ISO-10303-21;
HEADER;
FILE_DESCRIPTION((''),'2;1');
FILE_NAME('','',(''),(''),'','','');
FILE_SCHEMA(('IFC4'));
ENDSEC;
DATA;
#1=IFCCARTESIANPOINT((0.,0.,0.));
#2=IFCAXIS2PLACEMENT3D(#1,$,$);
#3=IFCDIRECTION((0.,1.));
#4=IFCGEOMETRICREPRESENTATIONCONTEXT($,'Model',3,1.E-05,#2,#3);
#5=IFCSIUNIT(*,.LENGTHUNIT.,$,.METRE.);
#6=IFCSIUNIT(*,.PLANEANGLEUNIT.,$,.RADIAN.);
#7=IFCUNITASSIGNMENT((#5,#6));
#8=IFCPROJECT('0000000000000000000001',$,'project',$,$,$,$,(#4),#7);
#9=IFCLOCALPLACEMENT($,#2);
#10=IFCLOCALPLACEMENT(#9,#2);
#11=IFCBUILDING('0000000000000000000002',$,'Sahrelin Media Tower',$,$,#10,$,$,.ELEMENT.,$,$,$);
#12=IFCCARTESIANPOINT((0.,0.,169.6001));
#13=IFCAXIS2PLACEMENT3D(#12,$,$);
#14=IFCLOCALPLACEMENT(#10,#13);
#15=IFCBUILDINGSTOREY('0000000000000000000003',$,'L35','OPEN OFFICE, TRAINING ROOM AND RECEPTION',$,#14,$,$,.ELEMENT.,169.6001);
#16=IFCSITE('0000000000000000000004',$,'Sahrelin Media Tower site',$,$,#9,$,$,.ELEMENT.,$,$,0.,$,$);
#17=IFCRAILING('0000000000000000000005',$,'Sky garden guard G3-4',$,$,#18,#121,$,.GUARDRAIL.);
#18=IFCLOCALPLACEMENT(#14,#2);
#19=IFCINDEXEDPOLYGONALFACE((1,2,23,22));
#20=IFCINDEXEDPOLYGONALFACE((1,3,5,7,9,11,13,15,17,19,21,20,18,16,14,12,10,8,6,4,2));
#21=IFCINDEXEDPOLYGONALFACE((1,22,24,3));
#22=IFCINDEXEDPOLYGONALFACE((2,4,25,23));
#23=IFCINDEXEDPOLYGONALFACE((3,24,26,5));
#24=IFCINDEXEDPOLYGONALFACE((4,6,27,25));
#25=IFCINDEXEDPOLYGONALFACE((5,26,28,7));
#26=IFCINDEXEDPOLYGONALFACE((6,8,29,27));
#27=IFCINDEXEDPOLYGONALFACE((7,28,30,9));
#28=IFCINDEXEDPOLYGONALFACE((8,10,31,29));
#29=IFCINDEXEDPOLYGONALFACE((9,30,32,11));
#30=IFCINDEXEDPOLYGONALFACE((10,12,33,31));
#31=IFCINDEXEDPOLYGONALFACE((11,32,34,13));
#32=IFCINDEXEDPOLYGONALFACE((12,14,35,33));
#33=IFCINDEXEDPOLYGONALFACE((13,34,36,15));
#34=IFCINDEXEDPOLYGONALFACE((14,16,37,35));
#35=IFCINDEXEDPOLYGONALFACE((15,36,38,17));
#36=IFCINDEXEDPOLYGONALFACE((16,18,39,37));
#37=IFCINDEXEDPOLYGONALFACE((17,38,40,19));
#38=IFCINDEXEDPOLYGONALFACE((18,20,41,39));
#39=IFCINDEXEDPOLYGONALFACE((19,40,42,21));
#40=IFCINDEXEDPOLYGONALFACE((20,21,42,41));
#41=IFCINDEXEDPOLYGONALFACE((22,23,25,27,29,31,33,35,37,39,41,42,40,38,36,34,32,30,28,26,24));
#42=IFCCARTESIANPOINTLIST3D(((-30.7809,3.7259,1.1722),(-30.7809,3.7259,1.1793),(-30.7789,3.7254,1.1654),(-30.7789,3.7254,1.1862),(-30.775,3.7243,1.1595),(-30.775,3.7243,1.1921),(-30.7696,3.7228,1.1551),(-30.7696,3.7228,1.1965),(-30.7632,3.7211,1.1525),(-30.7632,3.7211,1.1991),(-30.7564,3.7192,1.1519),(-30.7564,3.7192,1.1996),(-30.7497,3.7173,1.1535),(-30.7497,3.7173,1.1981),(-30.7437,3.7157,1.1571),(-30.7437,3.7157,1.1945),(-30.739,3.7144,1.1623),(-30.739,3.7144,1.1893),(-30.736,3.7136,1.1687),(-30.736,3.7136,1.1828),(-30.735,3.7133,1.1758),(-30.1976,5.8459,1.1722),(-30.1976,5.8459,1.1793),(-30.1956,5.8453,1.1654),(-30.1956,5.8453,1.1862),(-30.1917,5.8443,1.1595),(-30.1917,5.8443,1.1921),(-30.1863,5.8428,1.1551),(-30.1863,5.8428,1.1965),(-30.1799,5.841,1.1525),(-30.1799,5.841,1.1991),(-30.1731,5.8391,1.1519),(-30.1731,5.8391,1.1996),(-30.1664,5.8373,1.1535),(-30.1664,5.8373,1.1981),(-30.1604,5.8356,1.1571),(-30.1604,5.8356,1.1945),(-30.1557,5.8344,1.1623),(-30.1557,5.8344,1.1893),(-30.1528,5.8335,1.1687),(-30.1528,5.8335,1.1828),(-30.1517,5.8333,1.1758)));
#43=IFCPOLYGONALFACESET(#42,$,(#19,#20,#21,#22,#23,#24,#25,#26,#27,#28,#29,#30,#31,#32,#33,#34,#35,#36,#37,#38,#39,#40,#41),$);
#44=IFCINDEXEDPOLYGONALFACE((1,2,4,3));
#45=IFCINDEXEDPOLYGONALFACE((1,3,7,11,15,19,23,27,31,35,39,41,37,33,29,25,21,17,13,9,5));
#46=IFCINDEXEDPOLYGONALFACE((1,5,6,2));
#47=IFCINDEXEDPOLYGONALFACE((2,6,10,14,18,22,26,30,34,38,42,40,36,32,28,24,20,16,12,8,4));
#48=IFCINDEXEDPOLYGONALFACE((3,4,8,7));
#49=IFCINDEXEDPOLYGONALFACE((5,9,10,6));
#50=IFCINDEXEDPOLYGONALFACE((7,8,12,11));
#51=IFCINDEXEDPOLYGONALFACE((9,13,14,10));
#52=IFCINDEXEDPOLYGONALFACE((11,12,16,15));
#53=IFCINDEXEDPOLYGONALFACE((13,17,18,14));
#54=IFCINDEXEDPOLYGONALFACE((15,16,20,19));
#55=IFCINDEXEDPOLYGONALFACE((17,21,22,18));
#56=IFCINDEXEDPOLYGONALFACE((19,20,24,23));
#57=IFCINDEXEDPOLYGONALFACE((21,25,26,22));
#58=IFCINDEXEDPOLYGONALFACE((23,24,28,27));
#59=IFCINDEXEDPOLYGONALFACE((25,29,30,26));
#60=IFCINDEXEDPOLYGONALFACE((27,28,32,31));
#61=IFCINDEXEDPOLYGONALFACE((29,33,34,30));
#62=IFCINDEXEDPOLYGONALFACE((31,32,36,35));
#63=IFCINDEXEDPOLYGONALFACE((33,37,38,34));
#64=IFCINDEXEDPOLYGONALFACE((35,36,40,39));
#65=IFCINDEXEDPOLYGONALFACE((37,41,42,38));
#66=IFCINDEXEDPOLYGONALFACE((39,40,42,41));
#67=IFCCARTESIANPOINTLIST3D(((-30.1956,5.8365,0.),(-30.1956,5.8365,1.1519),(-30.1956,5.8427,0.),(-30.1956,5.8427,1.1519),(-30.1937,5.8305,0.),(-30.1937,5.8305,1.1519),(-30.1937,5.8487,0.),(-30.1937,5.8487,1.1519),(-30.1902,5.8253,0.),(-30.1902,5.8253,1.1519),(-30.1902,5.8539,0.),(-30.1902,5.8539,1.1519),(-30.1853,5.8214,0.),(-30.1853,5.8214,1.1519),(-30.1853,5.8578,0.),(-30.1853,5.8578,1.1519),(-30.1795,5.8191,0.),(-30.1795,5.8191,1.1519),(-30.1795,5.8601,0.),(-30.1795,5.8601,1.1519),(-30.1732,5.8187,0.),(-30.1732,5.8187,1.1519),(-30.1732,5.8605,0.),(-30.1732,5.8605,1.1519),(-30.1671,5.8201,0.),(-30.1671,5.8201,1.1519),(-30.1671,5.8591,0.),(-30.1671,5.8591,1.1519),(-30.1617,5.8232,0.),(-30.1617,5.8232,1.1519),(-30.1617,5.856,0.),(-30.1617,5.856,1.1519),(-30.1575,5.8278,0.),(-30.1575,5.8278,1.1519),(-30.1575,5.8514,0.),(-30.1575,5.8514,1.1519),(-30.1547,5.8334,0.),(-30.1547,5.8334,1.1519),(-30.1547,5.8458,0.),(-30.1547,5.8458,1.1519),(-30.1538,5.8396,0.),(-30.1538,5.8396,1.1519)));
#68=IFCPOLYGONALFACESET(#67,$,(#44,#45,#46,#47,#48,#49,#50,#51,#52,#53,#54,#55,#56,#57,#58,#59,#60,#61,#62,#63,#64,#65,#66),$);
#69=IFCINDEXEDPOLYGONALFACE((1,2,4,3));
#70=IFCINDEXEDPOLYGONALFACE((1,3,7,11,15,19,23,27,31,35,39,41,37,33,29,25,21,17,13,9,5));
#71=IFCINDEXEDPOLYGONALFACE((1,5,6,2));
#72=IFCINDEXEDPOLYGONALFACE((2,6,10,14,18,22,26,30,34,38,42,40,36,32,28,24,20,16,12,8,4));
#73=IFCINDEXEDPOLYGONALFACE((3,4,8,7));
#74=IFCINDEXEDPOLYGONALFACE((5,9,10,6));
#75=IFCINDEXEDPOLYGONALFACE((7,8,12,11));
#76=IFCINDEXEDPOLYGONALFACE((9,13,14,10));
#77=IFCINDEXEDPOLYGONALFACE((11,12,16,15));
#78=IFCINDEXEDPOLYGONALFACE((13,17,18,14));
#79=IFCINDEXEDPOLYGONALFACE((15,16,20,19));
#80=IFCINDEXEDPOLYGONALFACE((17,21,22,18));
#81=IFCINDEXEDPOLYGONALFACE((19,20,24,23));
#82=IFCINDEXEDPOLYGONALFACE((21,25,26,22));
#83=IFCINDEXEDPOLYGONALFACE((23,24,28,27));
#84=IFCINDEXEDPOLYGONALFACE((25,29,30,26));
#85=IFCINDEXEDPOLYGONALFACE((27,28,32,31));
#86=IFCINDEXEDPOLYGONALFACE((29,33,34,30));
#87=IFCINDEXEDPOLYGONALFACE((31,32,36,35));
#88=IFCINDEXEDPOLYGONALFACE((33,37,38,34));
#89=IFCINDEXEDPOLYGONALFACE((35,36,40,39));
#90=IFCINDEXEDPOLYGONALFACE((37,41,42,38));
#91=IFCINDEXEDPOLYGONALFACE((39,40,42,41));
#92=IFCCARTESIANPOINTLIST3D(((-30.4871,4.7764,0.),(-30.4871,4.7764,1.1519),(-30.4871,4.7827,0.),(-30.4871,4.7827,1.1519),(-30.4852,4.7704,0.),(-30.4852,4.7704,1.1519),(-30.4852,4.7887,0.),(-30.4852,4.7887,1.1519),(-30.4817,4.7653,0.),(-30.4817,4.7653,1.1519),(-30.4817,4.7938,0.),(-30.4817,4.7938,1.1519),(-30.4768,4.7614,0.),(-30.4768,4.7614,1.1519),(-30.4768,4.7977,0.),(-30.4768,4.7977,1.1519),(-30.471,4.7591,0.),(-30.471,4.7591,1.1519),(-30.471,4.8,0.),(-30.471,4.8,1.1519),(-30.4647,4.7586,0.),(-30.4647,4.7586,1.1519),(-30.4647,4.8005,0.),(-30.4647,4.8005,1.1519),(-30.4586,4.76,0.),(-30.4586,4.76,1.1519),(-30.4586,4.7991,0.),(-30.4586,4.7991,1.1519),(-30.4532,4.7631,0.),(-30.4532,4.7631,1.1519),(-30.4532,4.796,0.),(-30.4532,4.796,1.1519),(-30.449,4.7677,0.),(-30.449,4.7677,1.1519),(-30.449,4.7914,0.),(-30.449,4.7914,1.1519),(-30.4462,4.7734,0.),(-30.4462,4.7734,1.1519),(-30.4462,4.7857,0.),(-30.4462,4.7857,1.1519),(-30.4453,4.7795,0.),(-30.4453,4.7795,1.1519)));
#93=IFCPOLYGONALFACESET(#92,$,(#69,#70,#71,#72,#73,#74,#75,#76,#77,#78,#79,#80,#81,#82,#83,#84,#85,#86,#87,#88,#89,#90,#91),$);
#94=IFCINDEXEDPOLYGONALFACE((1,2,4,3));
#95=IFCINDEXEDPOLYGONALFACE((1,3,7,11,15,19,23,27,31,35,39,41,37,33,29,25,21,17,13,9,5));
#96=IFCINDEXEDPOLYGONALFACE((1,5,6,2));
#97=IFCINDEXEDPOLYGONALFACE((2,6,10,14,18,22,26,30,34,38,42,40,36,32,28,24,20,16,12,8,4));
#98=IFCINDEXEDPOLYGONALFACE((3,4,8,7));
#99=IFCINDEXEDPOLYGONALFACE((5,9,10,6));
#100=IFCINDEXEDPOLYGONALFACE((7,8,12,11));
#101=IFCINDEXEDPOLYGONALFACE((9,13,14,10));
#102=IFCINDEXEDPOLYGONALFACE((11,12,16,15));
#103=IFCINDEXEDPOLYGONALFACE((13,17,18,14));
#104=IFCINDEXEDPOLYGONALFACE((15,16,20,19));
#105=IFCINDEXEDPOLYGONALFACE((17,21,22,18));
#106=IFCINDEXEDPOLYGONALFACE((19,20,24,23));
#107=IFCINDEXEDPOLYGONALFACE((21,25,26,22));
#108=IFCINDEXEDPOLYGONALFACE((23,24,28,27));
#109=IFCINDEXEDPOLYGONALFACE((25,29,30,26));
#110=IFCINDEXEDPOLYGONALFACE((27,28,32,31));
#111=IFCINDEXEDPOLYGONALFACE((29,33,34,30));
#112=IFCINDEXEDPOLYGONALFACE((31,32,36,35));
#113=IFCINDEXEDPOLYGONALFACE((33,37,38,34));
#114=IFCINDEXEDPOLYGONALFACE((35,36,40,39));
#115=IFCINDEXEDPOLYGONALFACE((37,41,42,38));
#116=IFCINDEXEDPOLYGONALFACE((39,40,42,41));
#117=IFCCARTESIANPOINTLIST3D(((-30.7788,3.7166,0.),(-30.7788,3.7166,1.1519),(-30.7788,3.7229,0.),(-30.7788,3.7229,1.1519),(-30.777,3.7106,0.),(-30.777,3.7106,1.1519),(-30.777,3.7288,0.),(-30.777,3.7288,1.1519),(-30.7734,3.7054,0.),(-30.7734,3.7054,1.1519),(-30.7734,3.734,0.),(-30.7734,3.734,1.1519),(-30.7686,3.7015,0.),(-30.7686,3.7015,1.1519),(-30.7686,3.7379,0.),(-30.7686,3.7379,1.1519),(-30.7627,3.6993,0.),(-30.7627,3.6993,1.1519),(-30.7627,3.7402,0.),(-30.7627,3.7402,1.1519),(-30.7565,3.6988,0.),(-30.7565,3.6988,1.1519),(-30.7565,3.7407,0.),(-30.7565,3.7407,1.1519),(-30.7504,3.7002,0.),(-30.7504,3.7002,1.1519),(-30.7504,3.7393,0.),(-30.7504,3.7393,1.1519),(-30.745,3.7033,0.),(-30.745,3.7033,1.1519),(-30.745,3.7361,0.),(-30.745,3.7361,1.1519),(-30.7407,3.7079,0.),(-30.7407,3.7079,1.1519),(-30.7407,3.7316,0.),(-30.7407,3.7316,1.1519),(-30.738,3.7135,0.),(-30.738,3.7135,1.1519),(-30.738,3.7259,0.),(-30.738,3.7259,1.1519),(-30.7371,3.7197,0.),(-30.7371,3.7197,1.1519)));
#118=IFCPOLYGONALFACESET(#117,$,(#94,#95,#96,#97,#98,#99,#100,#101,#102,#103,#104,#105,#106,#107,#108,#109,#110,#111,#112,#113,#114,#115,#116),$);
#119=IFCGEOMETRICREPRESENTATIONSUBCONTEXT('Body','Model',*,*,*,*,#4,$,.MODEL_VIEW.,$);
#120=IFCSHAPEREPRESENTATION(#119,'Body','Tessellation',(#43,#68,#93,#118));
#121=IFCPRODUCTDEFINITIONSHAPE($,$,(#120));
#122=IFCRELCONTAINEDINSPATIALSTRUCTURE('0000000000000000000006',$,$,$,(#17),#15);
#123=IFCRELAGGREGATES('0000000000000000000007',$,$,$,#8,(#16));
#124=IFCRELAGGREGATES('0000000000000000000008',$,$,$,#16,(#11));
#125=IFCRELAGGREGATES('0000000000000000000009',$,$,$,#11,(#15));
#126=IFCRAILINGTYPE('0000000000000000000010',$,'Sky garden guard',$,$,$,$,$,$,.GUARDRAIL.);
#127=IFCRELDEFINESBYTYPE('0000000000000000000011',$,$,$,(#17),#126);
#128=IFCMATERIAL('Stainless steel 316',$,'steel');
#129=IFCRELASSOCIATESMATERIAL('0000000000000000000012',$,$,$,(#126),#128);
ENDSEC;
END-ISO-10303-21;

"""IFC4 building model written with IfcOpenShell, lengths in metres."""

from ifc_helpers import new_model, si_unit, direction, frame, origin, origin_2d, place, context, subcontext, project, spatial, circle, extrude, material, type_object, element, save


model = new_model("IFC4")

# Units and contexts
model_context = context("Model", 3, precision=1e-05, world=origin(), true_north=direction((0.0, 1.0)))
body_context = subcontext(model_context, "Body", "Model", "MODEL_VIEW")
ifc_project = project(units=[si_unit("LENGTHUNIT", "METRE"), si_unit("PLANEANGLEUNIT", "RADIAN")], contexts=[model_context])

# Site, building, storey
site_placement = place(None, origin())
site = spatial("IfcSite", under=ifc_project, at=site_placement, Name="Sahrelin Media Tower site", CompositionType="ELEMENT", RefElevation=0.0)
building_placement = place(site_placement, origin())
building = spatial("IfcBuilding", under=site, at=building_placement, Name="Sahrelin Media Tower", CompositionType="ELEMENT")
storey_placement = place(building_placement, frame((0.0, 0.0, 169.6001)))
storey = spatial("IfcBuildingStorey", under=building, at=storey_placement, Name="L35", Description="OPEN OFFICE, TRAINING ROOM AND RECEPTION", CompositionType="ELEMENT", Elevation=169.6001)

# Railing
ifc_material_1 = material(Name="Stainless steel 316", Category="steel")
railing_type = type_object("IfcRailingType", Name="Sky garden guard", PredefinedType="GUARDRAIL", material=ifc_material_1)
railing_placement = place(storey_placement, frame((-30.1748, 5.8396, 0.0)))
element("IfcRailing", 1, at=railing_placement, inside=storey, type_object=railing_type, Name="Sky garden guard G3-4", PredefinedType="GUARDRAIL", context=body_context, shape_type="SweptSolid", body=[
    extrude(circle(Radius=0.0239, at=origin_2d()), frame((0.0, 0.0, 1.1758), z_axis=(-0.265278, -0.964172, 0.0), x_axis=(0.964172, -0.265278, 0.0)), (0.0, 0.0, 1.0), 2.1987),
    extrude(circle(Radius=0.021, at=origin_2d()), origin(), (0.0, 0.0, 1.0), 1.1519),
    extrude(circle(Radius=0.021, at=origin_2d()), frame((-0.2915, -1.0601, 0.0)), (0.0, 0.0, 1.0), 1.1519),
    extrude(circle(Radius=0.021, at=origin_2d()), frame((-0.5833, -2.1199, 0.0)), (0.0, 0.0, 1.0), 1.1519),
])

save(model, "model.ifc")
